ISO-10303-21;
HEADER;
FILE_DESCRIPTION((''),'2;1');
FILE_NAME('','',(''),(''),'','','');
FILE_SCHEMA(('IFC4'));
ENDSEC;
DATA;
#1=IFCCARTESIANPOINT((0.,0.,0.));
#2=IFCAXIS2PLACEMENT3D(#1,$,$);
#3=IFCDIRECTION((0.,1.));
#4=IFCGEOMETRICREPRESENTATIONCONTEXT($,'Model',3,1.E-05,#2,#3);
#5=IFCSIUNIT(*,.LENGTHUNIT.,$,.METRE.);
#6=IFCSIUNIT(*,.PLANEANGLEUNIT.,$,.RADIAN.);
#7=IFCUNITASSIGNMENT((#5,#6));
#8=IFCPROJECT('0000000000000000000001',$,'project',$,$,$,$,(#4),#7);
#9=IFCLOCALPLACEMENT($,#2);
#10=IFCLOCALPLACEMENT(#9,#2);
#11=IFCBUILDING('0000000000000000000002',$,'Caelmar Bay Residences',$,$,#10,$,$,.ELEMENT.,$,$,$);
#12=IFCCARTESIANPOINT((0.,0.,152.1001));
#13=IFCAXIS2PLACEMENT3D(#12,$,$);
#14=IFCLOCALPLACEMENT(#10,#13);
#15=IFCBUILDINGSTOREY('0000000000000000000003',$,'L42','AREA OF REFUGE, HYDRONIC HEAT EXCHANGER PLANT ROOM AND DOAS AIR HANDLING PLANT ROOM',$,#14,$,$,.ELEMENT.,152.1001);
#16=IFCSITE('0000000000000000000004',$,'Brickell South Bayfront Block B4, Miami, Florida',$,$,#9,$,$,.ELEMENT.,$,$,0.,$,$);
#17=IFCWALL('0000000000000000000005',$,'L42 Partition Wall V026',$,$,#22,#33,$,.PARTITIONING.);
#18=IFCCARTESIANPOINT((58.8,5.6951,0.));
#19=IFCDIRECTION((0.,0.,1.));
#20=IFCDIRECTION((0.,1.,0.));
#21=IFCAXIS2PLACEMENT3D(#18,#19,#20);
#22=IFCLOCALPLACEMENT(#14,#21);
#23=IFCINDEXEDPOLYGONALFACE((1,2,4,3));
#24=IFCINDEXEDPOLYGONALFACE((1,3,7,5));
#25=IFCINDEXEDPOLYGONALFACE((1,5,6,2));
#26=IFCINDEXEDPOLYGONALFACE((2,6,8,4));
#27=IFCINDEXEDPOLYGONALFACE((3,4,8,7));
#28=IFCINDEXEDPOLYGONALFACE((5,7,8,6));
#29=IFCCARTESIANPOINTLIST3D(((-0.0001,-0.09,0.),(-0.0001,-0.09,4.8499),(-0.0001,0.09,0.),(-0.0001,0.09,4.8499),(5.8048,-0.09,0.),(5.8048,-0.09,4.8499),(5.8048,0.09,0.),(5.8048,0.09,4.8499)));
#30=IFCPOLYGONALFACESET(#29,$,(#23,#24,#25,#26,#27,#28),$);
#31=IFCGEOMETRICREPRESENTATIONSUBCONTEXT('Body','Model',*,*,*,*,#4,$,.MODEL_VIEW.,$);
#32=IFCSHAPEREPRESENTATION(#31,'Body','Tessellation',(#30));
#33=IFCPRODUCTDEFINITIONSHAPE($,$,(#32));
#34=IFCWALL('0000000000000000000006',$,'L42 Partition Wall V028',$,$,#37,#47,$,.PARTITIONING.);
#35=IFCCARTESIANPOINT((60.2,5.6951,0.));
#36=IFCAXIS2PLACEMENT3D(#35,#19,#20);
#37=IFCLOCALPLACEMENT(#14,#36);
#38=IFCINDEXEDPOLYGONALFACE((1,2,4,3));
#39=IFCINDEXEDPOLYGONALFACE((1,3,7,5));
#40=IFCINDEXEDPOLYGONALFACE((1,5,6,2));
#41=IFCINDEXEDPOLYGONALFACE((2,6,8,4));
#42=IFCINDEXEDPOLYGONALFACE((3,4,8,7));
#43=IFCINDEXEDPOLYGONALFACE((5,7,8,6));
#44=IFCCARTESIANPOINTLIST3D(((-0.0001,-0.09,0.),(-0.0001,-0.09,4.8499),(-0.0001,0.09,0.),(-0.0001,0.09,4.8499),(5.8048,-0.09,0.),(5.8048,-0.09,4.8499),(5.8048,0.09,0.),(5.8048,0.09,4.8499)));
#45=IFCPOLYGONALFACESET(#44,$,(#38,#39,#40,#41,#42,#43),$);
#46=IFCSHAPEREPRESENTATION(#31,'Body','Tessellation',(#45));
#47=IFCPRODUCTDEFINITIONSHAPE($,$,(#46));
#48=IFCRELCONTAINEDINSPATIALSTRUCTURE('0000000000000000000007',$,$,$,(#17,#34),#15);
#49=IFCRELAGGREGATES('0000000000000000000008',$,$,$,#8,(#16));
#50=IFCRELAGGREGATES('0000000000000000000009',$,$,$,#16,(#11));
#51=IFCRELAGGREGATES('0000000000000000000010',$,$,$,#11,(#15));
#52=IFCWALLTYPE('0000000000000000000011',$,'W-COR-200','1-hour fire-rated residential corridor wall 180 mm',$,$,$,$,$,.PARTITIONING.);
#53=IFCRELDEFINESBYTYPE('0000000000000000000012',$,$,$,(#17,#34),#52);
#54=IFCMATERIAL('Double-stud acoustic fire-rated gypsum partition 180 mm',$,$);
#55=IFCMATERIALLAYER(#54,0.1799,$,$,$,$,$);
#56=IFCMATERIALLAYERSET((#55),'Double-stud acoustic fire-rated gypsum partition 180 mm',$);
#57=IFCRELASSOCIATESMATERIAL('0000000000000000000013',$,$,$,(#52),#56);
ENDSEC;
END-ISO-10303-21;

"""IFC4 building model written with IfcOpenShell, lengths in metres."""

from ifc_helpers import new_model, si_unit, direction, frame, frame_2d, origin, place, context, subcontext, project, spatial, rectangle, extrude, material, layer, layer_set, type_object, element, save


model = new_model("IFC4")

# Units and contexts
model_context = context("Model", 3, precision=1e-05, world=origin(), true_north=direction((0.0, 1.0)))
body_context = subcontext(model_context, "Body", "Model", "MODEL_VIEW")
ifc_project = project(units=[si_unit("LENGTHUNIT", "METRE"), si_unit("PLANEANGLEUNIT", "RADIAN")], contexts=[model_context])

# Site, building, storey
site_placement = place(None, origin())
site = spatial("IfcSite", under=ifc_project, at=site_placement, Name="Brickell South Bayfront Block B4, Miami, Florida", CompositionType="ELEMENT", RefElevation=0.0)
building_placement = place(site_placement, origin())
building = spatial("IfcBuilding", under=site, at=building_placement, Name="Caelmar Bay Residences", CompositionType="ELEMENT")
storey_placement = place(building_placement, frame((0.0, 0.0, 152.1001)))
storey = spatial("IfcBuildingStorey", under=building, at=storey_placement, Name="L42", Description="AREA OF REFUGE, HYDRONIC HEAT EXCHANGER PLANT ROOM AND DOAS AIR HANDLING PLANT ROOM", CompositionType="ELEMENT", Elevation=152.1001)

# Walls
ifc_material_1 = material(Name="Double-stud acoustic fire-rated gypsum partition 180 mm")
ifc_layer_1 = layer(ifc_material_1, 0.1799)
ifc_layer_set_1 = layer_set([ifc_layer_1], Name="Double-stud acoustic fire-rated gypsum partition 180 mm")
wall_type_1 = type_object("IfcWallType", Name="W-COR-200", Description="1-hour fire-rated residential corridor wall 180 mm", PredefinedType="PARTITIONING", material=ifc_layer_set_1)
for number, where, z_axis, x_axis, name in (
    (1, (58.8, 5.6951, 0.0), (0.0, 0.0, 1.0), (0.0, 1.0, 0.0), "L42 Partition Wall V026"),
    (2, (60.2, 5.6951, 0.0), (0.0, 0.0, 1.0), (0.0, 1.0, 0.0), "L42 Partition Wall V028"),
):
    element("IfcWall", number, at=place(storey_placement, frame(where, z_axis=z_axis, x_axis=x_axis)), inside=storey, type_object=wall_type_1, Name=name, PredefinedType="PARTITIONING", context=body_context, shape_type="SweptSolid", body=[
        extrude(rectangle(XDim=5.8049, YDim=0.1799, at=frame_2d((2.9023, 0.0))), origin(), (0.0, 0.0, 1.0), 4.8499),
    ])

save(model, "model.ifc")
